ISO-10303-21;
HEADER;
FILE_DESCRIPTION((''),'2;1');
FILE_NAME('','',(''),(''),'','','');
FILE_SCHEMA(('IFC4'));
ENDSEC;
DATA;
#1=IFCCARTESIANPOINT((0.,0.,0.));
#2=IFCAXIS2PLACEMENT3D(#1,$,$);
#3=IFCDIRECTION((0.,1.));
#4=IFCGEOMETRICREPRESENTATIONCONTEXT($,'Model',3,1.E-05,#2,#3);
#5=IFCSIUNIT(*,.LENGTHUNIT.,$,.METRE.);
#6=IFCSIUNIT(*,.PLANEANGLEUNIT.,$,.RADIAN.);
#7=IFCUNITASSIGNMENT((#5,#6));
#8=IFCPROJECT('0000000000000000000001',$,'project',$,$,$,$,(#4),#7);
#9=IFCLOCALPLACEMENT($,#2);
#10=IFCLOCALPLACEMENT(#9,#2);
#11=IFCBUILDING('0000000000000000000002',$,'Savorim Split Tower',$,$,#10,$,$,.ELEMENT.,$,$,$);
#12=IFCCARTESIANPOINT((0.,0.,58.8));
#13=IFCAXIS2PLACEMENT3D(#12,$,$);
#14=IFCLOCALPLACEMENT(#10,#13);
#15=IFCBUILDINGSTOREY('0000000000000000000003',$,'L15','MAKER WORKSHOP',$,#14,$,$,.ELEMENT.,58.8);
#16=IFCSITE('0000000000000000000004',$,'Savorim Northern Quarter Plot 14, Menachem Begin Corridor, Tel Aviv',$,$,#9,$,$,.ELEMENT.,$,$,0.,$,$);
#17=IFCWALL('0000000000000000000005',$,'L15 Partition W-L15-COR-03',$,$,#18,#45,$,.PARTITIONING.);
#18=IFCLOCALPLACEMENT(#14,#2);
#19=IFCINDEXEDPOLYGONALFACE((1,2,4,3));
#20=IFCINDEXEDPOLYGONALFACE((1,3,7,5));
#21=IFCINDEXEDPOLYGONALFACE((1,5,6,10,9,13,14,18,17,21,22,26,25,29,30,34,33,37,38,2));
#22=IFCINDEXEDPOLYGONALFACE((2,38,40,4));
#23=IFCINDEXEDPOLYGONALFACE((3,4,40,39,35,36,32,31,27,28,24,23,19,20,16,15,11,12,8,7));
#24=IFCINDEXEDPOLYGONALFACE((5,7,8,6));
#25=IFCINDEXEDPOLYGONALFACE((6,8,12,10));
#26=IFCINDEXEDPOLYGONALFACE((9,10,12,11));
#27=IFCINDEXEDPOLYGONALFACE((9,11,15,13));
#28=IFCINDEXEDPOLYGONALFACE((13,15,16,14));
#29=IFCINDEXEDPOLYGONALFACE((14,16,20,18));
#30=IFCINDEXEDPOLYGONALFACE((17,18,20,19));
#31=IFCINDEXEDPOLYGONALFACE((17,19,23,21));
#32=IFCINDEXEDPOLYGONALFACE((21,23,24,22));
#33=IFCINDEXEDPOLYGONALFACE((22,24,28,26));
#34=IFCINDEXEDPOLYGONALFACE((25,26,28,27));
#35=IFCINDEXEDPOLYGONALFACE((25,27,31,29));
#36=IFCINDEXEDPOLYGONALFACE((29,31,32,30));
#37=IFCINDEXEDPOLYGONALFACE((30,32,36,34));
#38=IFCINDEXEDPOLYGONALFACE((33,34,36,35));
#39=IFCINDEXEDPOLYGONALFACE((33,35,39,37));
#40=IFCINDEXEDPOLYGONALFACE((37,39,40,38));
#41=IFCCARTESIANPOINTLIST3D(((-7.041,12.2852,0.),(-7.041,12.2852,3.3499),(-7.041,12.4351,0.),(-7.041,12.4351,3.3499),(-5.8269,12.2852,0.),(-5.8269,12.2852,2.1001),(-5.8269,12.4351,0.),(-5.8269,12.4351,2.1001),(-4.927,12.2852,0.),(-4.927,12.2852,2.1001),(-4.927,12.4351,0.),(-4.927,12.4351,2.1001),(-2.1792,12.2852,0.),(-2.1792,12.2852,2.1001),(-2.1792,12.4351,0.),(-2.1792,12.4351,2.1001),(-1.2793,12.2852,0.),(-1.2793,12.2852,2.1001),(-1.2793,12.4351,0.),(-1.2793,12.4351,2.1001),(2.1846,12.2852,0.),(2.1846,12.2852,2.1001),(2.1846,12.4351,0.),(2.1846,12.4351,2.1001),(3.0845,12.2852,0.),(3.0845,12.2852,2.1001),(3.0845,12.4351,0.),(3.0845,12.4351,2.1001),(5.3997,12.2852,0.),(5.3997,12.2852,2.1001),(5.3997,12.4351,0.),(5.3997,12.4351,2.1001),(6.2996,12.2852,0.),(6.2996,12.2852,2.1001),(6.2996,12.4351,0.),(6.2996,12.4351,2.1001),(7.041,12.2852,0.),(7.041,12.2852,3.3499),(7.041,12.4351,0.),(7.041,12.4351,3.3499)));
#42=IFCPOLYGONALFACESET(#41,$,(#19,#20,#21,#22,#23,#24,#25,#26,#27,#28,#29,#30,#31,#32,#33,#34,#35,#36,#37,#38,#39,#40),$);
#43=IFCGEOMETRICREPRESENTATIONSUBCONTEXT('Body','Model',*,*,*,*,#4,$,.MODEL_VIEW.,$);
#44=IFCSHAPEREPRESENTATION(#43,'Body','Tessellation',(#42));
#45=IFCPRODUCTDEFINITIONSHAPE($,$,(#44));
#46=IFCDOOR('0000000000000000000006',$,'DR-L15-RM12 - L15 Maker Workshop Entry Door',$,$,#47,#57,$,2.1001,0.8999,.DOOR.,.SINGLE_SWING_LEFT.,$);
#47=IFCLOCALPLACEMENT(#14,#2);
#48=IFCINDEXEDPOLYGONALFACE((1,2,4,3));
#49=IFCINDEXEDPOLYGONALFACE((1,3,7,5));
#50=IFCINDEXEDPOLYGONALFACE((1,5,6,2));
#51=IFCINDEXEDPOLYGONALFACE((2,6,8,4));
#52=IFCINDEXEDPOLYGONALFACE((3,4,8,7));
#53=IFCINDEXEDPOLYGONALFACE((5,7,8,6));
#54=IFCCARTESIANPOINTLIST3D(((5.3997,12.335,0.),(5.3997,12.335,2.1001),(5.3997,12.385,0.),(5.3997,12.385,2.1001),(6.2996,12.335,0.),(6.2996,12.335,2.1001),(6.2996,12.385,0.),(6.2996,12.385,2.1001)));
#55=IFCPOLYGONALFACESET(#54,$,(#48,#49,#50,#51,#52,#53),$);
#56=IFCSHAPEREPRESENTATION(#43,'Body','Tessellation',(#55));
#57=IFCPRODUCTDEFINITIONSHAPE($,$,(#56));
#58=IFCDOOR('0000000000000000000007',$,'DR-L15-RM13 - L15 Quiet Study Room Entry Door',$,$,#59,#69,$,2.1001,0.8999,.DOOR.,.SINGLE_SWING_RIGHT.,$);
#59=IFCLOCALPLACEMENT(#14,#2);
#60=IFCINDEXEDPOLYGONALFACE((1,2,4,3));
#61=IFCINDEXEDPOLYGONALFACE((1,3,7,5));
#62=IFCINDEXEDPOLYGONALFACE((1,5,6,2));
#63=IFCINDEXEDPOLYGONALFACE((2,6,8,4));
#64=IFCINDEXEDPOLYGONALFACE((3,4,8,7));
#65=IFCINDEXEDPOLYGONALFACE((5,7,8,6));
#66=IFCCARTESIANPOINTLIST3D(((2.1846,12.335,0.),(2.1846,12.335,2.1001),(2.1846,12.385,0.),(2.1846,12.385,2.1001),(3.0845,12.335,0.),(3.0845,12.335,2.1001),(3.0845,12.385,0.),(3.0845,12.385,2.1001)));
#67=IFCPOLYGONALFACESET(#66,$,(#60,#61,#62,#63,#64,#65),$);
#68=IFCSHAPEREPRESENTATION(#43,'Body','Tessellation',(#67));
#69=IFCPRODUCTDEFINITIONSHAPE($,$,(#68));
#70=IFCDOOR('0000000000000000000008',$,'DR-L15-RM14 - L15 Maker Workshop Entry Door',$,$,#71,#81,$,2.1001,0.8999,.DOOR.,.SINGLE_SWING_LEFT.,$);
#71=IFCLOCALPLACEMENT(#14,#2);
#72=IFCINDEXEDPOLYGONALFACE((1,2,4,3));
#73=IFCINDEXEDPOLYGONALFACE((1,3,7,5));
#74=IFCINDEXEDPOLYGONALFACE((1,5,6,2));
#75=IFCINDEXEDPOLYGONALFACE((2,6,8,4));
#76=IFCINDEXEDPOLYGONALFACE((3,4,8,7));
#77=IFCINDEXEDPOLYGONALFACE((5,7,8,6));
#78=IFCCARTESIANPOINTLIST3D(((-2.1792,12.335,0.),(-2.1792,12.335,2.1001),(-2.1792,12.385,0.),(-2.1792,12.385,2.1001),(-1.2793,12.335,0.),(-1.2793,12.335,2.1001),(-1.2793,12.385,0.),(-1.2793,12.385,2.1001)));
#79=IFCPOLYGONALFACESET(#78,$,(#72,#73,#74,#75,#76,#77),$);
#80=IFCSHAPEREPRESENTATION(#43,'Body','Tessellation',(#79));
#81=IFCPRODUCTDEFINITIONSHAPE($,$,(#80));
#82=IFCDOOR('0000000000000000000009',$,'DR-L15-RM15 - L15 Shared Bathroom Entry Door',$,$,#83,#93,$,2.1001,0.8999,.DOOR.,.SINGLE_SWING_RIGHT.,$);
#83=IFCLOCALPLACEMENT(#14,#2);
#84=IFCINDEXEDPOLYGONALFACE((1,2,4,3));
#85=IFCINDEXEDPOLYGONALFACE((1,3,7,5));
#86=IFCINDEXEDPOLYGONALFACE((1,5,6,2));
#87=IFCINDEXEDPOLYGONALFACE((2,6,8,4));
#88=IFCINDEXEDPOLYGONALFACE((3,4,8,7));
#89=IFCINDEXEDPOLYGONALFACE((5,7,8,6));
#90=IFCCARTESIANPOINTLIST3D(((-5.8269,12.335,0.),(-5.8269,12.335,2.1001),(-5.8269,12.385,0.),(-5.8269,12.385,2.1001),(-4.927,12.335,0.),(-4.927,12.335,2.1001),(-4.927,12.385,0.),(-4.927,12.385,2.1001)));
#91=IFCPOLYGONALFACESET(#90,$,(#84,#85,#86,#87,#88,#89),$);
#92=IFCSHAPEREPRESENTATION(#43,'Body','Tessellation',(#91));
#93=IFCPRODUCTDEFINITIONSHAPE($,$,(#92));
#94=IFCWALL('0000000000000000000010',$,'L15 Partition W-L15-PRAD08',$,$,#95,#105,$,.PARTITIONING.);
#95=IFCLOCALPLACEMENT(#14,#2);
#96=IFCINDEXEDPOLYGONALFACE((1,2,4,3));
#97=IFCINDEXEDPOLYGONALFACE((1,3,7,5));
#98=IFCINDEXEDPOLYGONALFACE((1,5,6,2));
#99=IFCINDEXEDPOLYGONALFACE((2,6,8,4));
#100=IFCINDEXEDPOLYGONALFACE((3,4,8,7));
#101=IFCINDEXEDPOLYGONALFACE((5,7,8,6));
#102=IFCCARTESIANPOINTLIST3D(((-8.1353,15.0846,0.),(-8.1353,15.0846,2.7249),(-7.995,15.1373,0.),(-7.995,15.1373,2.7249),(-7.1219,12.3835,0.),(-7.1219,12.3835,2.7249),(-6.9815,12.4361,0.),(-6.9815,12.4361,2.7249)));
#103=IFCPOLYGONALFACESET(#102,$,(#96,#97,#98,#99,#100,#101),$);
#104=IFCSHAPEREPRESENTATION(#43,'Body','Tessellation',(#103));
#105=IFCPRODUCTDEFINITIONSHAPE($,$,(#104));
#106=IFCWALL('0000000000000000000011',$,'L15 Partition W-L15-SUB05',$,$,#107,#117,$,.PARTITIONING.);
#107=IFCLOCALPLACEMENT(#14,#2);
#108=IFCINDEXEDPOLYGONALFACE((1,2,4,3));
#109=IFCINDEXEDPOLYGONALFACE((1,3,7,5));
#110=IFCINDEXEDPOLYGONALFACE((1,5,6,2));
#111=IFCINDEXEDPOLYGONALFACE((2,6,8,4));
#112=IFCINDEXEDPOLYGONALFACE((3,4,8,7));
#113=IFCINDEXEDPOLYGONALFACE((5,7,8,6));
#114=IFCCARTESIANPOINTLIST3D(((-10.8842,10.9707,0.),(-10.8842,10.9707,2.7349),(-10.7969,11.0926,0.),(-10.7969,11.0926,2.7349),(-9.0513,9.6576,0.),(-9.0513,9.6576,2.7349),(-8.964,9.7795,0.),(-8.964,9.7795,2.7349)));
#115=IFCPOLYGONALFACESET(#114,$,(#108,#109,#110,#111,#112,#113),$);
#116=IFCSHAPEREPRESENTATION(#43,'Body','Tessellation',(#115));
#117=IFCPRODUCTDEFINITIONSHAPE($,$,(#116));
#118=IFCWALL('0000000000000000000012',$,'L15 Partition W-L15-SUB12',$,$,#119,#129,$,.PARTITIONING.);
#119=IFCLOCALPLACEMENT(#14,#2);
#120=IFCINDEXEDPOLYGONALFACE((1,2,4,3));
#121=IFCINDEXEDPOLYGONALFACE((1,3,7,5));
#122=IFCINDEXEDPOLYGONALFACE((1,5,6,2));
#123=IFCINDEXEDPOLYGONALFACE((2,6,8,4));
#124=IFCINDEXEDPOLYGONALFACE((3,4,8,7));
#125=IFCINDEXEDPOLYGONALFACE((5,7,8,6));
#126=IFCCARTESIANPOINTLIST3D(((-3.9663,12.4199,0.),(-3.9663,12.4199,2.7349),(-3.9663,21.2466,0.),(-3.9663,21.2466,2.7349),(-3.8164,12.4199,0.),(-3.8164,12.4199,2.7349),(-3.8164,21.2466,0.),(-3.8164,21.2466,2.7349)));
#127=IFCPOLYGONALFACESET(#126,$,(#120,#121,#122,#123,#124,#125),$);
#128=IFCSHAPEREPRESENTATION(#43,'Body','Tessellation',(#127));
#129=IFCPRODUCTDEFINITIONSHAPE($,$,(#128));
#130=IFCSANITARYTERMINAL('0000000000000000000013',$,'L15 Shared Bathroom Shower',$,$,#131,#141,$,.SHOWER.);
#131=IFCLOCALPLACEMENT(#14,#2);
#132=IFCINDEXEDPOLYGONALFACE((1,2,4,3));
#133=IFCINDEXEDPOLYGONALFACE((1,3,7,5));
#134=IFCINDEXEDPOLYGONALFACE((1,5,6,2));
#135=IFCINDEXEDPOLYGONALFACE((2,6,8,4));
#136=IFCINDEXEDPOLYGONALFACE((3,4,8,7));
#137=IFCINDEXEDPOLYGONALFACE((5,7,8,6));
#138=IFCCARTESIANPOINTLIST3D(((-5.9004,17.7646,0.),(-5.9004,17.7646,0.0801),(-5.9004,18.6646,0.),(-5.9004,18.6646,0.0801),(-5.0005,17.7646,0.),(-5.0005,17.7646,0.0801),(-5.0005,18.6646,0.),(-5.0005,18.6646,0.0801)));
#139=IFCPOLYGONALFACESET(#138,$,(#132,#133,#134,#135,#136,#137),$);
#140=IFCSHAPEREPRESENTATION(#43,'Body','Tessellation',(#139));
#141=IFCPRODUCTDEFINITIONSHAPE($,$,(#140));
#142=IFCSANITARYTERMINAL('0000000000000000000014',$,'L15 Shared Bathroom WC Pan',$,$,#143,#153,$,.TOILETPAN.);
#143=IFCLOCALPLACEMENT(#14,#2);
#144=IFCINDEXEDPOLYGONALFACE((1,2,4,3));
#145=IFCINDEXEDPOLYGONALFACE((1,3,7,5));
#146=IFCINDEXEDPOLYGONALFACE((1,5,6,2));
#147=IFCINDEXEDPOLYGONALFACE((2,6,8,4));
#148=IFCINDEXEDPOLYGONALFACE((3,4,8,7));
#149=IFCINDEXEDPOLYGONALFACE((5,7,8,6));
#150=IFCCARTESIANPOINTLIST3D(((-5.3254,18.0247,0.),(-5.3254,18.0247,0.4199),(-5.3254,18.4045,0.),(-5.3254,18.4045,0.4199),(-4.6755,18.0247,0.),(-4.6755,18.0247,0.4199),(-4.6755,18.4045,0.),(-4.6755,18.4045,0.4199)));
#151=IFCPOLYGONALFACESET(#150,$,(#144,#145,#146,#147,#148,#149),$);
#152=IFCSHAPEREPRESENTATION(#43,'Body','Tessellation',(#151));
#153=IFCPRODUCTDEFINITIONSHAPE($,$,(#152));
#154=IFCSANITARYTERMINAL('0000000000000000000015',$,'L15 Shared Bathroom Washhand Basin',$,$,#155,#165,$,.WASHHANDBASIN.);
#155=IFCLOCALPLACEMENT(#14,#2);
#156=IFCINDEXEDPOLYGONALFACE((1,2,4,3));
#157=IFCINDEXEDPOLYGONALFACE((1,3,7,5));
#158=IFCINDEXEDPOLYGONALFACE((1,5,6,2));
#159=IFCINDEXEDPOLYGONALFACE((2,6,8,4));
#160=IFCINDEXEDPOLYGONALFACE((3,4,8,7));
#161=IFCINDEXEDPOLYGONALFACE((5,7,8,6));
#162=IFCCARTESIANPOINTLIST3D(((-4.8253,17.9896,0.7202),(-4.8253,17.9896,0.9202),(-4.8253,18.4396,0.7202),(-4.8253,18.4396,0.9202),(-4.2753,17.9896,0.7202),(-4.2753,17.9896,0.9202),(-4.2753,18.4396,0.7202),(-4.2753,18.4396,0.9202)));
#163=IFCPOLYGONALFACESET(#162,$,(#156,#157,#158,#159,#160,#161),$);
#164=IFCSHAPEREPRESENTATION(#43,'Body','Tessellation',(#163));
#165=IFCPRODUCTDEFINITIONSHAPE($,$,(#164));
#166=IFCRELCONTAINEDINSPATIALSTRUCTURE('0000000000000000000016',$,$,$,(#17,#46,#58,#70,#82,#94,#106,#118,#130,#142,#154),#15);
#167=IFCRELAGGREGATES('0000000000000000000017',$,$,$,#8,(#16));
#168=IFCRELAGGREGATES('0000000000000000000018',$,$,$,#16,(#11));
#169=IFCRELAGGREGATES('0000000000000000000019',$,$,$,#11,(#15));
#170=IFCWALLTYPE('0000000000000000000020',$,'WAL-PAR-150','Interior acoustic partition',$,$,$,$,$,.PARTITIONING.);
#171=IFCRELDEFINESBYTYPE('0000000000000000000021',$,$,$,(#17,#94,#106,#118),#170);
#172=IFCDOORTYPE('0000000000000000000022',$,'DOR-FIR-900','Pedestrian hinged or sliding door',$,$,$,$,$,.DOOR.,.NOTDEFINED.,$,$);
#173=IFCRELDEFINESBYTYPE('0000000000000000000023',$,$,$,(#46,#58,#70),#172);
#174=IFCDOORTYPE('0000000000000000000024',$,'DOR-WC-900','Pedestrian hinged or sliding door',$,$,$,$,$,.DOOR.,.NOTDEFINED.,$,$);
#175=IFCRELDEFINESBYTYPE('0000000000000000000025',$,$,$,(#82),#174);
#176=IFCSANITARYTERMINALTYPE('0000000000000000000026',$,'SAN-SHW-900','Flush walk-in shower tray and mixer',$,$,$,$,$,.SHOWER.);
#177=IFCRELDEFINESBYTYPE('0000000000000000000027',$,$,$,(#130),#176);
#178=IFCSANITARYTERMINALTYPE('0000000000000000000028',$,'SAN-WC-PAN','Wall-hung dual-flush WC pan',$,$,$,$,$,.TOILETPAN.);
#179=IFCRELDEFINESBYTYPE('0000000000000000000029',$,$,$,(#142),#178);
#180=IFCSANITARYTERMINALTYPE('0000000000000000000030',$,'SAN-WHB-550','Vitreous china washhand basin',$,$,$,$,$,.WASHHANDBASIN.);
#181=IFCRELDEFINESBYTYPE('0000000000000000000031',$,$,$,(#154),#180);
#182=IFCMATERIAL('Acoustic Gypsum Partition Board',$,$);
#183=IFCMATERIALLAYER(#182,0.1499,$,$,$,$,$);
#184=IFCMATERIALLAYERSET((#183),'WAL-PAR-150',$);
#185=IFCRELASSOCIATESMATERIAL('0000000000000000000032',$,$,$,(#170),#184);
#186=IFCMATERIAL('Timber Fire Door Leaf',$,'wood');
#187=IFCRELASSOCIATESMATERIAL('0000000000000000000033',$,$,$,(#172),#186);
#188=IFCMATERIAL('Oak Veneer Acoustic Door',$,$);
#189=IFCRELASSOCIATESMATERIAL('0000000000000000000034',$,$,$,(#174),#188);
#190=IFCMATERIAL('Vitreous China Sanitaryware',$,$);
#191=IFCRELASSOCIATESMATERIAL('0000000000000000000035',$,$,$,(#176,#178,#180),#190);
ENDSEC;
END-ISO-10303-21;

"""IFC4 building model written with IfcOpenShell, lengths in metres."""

from ifc_helpers import new_model, si_unit, direction, frame, frame_2d, origin, origin_2d, place, context, subcontext, project, spatial, rectangle, extrude, material, layer, layer_set, type_object, element, fill, save


model = new_model("IFC4")

# Units and contexts
model_context = context("Model", 3, precision=1e-05, world=origin(), true_north=direction((0.0, 1.0)))
body_context = subcontext(model_context, "Body", "Model", "MODEL_VIEW")
ifc_project = project(units=[si_unit("LENGTHUNIT", "METRE"), si_unit("PLANEANGLEUNIT", "RADIAN")], contexts=[model_context])

# Site, building, storey
site_placement = place(None, origin())
site = spatial("IfcSite", under=ifc_project, at=site_placement, Name="Savorim Northern Quarter Plot 14, Menachem Begin Corridor, Tel Aviv", CompositionType="ELEMENT", RefElevation=0.0)
building_placement = place(site_placement, origin())
building = spatial("IfcBuilding", under=site, at=building_placement, Name="Savorim Split Tower", CompositionType="ELEMENT")
storey_placement = place(building_placement, frame((0.0, 0.0, 58.8)))
storey = spatial("IfcBuildingStorey", under=building, at=storey_placement, Name="L15", Description="MAKER WORKSHOP", CompositionType="ELEMENT", Elevation=58.8)

# Shared definitions
ifc_material_1 = material(Name="Acoustic Gypsum Partition Board")
ifc_layer_1 = layer(ifc_material_1, 0.1499)
ifc_layer_set_1 = layer_set([ifc_layer_1], Name="WAL-PAR-150")
wall_type_1 = type_object("IfcWallType", Name="WAL-PAR-150", Description="Interior acoustic partition", PredefinedType="PARTITIONING", material=ifc_layer_set_1)

# Shared definitions
ifc_material_2 = material(Name="Timber Fire Door Leaf", Category="wood")
door_type_1 = type_object("IfcDoorType", Name="DOR-FIR-900", Description="Pedestrian hinged or sliding door", OperationType="NOTDEFINED", PredefinedType="DOOR", material=ifc_material_2)

# Wall, openings, doors
wall_1_placement = place(storey_placement, frame((-7.041, 12.3601, 0.0), z_axis=(0.0, 0.0, 1.0), x_axis=(1.0, 0.0, 0.0)))
wall_1 = element("IfcWall", 1, at=wall_1_placement, inside=storey, type_object=wall_type_1, Name="L15 Partition W-L15-COR-03", PredefinedType="PARTITIONING", context=body_context, shape_type="SweptSolid", body=[
    extrude(rectangle(XDim=14.082, YDim=0.1499, at=frame_2d((7.041, 0.0))), origin(), (0.0, 0.0, 1.0), 3.3499),
])
opening_1_placement = place(wall_1_placement, frame((12.4407, 0.0, 0.0)))
opening_1 = element("IfcOpeningElement", 2, at=opening_1_placement, cuts=wall_1, PredefinedType="OPENING", context=body_context, shape_type="SweptSolid", body=[
    extrude(rectangle(XDim=0.8999, YDim=2.1001, at=frame_2d((0.45, 1.05))), frame((0.0, 0.085, 0.0), z_axis=(0.0, -1.0, 0.0), x_axis=(1.0, 0.0, 0.0)), (0.0, 0.0, 1.0), 0.1699),
])
opening_2_placement = place(wall_1_placement, frame((9.2256, 0.0, 0.0)))
opening_2 = element("IfcOpeningElement", 3, at=opening_2_placement, cuts=wall_1, PredefinedType="OPENING", context=body_context, shape_type="SweptSolid", body=[
    extrude(rectangle(XDim=0.8999, YDim=2.1001, at=frame_2d((0.45, 1.05))), frame((0.0, 0.085, 0.0), z_axis=(0.0, -1.0, 0.0), x_axis=(1.0, 0.0, 0.0)), (0.0, 0.0, 1.0), 0.1699),
])
opening_3_placement = place(wall_1_placement, frame((4.8618, 0.0, 0.0)))
opening_3 = element("IfcOpeningElement", 4, at=opening_3_placement, cuts=wall_1, PredefinedType="OPENING", context=body_context, shape_type="SweptSolid", body=[
    extrude(rectangle(XDim=0.8999, YDim=2.1001, at=frame_2d((0.45, 1.05))), frame((0.0, 0.085, 0.0), z_axis=(0.0, -1.0, 0.0), x_axis=(1.0, 0.0, 0.0)), (0.0, 0.0, 1.0), 0.1699),
])
opening_4_placement = place(wall_1_placement, frame((1.2141, 0.0, 0.0)))
opening_4 = element("IfcOpeningElement", 5, at=opening_4_placement, cuts=wall_1, PredefinedType="OPENING", context=body_context, shape_type="SweptSolid", body=[
    extrude(rectangle(XDim=0.8999, YDim=2.1001, at=frame_2d((0.45, 1.05))), frame((0.0, 0.085, 0.0), z_axis=(0.0, -1.0, 0.0), x_axis=(1.0, 0.0, 0.0)), (0.0, 0.0, 1.0), 0.1699),
])
door_1_placement = place(opening_1_placement, origin())
door_1 = element("IfcDoor", 6, at=door_1_placement, inside=storey, type_object=door_type_1, Name="DR-L15-RM12 - L15 Maker Workshop Entry Door", OperationType="SINGLE_SWING_LEFT", OverallHeight=2.1001, OverallWidth=0.8999, PredefinedType="DOOR", context=body_context, shape_type="SweptSolid", body=[
    extrude(rectangle(XDim=0.8999, YDim=2.1001, at=frame_2d((0.45, 1.05))), frame((0.0, 0.0249, 0.0), z_axis=(0.0, -1.0, 0.0), x_axis=(1.0, 0.0, 0.0)), (0.0, 0.0, 1.0), 0.05),
])
fill(opening_1, door_1)
door_2_placement = place(opening_2_placement, origin())
door_2 = element("IfcDoor", 7, at=door_2_placement, inside=storey, type_object=door_type_1, Name="DR-L15-RM13 - L15 Quiet Study Room Entry Door", OperationType="SINGLE_SWING_RIGHT", OverallHeight=2.1001, OverallWidth=0.8999, PredefinedType="DOOR", context=body_context, shape_type="SweptSolid", body=[
    extrude(rectangle(XDim=0.8999, YDim=2.1001, at=frame_2d((0.45, 1.05))), frame((0.0, 0.0249, 0.0), z_axis=(0.0, -1.0, 0.0), x_axis=(1.0, 0.0, 0.0)), (0.0, 0.0, 1.0), 0.05),
])
fill(opening_2, door_2)
door_3_placement = place(opening_3_placement, origin())
door_3 = element("IfcDoor", 8, at=door_3_placement, inside=storey, type_object=door_type_1, Name="DR-L15-RM14 - L15 Maker Workshop Entry Door", OperationType="SINGLE_SWING_LEFT", OverallHeight=2.1001, OverallWidth=0.8999, PredefinedType="DOOR", context=body_context, shape_type="SweptSolid", body=[
    extrude(rectangle(XDim=0.8999, YDim=2.1001, at=frame_2d((0.45, 1.05))), frame((0.0, 0.0249, 0.0), z_axis=(0.0, -1.0, 0.0), x_axis=(1.0, 0.0, 0.0)), (0.0, 0.0, 1.0), 0.05),
])
fill(opening_3, door_3)
ifc_material_3 = material(Name="Oak Veneer Acoustic Door")
door_type_2 = type_object("IfcDoorType", Name="DOR-WC-900", Description="Pedestrian hinged or sliding door", OperationType="NOTDEFINED", PredefinedType="DOOR", material=ifc_material_3)
door_4_placement = place(opening_4_placement, origin())
door_4 = element("IfcDoor", 9, at=door_4_placement, inside=storey, type_object=door_type_2, Name="DR-L15-RM15 - L15 Shared Bathroom Entry Door", OperationType="SINGLE_SWING_RIGHT", OverallHeight=2.1001, OverallWidth=0.8999, PredefinedType="DOOR", context=body_context, shape_type="SweptSolid", body=[
    extrude(rectangle(XDim=0.8999, YDim=2.1001, at=frame_2d((0.45, 1.05))), frame((0.0, 0.0249, 0.0), z_axis=(0.0, -1.0, 0.0), x_axis=(1.0, 0.0, 0.0)), (0.0, 0.0, 1.0), 0.05),
])
fill(opening_4, door_4)

# Walls
wall_2_placement = place(storey_placement, frame((-7.0518, 12.4099, 0.0), z_axis=(0.0, 0.0, 1.0), x_axis=(-0.351272, 0.936274, 0.0)))
element("IfcWall", 10, at=wall_2_placement, inside=storey, type_object=wall_type_1, Name="L15 Partition W-L15-PRAD08", PredefinedType="PARTITIONING", context=body_context, shape_type="SweptSolid", body=[
    extrude(rectangle(XDim=2.885, YDim=0.1499, at=frame_2d((1.4424, 0.0))), origin(), (0.0, 0.0, 1.0), 2.7249),
])
wall_3_placement = place(storey_placement, frame((-9.0076, 9.7185, 0.0), z_axis=(0.0, 0.0, 1.0), x_axis=(-0.812921, 0.582375, 0.0)))
element("IfcWall", 11, at=wall_3_placement, inside=storey, type_object=wall_type_1, Name="L15 Partition W-L15-SUB05", PredefinedType="PARTITIONING", context=body_context, shape_type="SweptSolid", body=[
    extrude(rectangle(XDim=2.2546, YDim=0.1499, at=frame_2d((1.1274, 0.0))), origin(), (0.0, 0.0, 1.0), 2.7349),
])
wall_4_placement = place(storey_placement, frame((-3.8914, 12.4199, 0.0), z_axis=(0.0, 0.0, 1.0), x_axis=(0.0, 1.0, 0.0)))
element("IfcWall", 12, at=wall_4_placement, inside=storey, type_object=wall_type_1, Name="L15 Partition W-L15-SUB12", PredefinedType="PARTITIONING", context=body_context, shape_type="SweptSolid", body=[
    extrude(rectangle(XDim=8.8267, YDim=0.1499, at=frame_2d((4.4133, 0.0))), origin(), (0.0, 0.0, 1.0), 2.7349),
])

# Sanitary terminals
ifc_material_4 = material(Name="Vitreous China Sanitaryware")
sanitary_terminal_type_1 = type_object("IfcSanitaryTerminalType", Name="SAN-SHW-900", Description="Flush walk-in shower tray and mixer", PredefinedType="SHOWER", material=ifc_material_4)
sanitary_terminal_1_placement = place(storey_placement, frame((-5.4504, 18.2146, 0.0), z_axis=(0.0, 0.0, 1.0), x_axis=(1.0, 0.0, 0.0)))
element("IfcSanitaryTerminal", 13, at=sanitary_terminal_1_placement, inside=storey, type_object=sanitary_terminal_type_1, Name="L15 Shared Bathroom Shower", PredefinedType="SHOWER", context=body_context, shape_type="SweptSolid", body=[
    extrude(rectangle(XDim=0.8999, YDim=0.8999, at=origin_2d()), origin(), (0.0, 0.0, 1.0), 0.0801),
])
sanitary_terminal_type_2 = type_object("IfcSanitaryTerminalType", Name="SAN-WC-PAN", Description="Wall-hung dual-flush WC pan", PredefinedType="TOILETPAN", material=ifc_material_4)
sanitary_terminal_2_placement = place(storey_placement, frame((-5.0005, 18.2146, 0.0), z_axis=(0.0, 0.0, 1.0), x_axis=(1.0, 0.0, 0.0)))
element("IfcSanitaryTerminal", 14, at=sanitary_terminal_2_placement, inside=storey, type_object=sanitary_terminal_type_2, Name="L15 Shared Bathroom WC Pan", PredefinedType="TOILETPAN", context=body_context, shape_type="SweptSolid", body=[
    extrude(rectangle(XDim=0.6499, YDim=0.3799, at=origin_2d()), origin(), (0.0, 0.0, 1.0), 0.4199),
])
sanitary_terminal_type_3 = type_object("IfcSanitaryTerminalType", Name="SAN-WHB-550", Description="Vitreous china washhand basin", PredefinedType="WASHHANDBASIN", material=ifc_material_4)
sanitary_terminal_3_placement = place(storey_placement, frame((-4.5503, 18.2146, 0.7202), z_axis=(0.0, 0.0, 1.0), x_axis=(1.0, 0.0, 0.0)))
element("IfcSanitaryTerminal", 15, at=sanitary_terminal_3_placement, inside=storey, type_object=sanitary_terminal_type_3, Name="L15 Shared Bathroom Washhand Basin", PredefinedType="WASHHANDBASIN", context=body_context, shape_type="SweptSolid", body=[
    extrude(rectangle(XDim=0.55, YDim=0.45, at=origin_2d()), origin(), (0.0, 0.0, 1.0), 0.2),
])

save(model, "model.ifc")
